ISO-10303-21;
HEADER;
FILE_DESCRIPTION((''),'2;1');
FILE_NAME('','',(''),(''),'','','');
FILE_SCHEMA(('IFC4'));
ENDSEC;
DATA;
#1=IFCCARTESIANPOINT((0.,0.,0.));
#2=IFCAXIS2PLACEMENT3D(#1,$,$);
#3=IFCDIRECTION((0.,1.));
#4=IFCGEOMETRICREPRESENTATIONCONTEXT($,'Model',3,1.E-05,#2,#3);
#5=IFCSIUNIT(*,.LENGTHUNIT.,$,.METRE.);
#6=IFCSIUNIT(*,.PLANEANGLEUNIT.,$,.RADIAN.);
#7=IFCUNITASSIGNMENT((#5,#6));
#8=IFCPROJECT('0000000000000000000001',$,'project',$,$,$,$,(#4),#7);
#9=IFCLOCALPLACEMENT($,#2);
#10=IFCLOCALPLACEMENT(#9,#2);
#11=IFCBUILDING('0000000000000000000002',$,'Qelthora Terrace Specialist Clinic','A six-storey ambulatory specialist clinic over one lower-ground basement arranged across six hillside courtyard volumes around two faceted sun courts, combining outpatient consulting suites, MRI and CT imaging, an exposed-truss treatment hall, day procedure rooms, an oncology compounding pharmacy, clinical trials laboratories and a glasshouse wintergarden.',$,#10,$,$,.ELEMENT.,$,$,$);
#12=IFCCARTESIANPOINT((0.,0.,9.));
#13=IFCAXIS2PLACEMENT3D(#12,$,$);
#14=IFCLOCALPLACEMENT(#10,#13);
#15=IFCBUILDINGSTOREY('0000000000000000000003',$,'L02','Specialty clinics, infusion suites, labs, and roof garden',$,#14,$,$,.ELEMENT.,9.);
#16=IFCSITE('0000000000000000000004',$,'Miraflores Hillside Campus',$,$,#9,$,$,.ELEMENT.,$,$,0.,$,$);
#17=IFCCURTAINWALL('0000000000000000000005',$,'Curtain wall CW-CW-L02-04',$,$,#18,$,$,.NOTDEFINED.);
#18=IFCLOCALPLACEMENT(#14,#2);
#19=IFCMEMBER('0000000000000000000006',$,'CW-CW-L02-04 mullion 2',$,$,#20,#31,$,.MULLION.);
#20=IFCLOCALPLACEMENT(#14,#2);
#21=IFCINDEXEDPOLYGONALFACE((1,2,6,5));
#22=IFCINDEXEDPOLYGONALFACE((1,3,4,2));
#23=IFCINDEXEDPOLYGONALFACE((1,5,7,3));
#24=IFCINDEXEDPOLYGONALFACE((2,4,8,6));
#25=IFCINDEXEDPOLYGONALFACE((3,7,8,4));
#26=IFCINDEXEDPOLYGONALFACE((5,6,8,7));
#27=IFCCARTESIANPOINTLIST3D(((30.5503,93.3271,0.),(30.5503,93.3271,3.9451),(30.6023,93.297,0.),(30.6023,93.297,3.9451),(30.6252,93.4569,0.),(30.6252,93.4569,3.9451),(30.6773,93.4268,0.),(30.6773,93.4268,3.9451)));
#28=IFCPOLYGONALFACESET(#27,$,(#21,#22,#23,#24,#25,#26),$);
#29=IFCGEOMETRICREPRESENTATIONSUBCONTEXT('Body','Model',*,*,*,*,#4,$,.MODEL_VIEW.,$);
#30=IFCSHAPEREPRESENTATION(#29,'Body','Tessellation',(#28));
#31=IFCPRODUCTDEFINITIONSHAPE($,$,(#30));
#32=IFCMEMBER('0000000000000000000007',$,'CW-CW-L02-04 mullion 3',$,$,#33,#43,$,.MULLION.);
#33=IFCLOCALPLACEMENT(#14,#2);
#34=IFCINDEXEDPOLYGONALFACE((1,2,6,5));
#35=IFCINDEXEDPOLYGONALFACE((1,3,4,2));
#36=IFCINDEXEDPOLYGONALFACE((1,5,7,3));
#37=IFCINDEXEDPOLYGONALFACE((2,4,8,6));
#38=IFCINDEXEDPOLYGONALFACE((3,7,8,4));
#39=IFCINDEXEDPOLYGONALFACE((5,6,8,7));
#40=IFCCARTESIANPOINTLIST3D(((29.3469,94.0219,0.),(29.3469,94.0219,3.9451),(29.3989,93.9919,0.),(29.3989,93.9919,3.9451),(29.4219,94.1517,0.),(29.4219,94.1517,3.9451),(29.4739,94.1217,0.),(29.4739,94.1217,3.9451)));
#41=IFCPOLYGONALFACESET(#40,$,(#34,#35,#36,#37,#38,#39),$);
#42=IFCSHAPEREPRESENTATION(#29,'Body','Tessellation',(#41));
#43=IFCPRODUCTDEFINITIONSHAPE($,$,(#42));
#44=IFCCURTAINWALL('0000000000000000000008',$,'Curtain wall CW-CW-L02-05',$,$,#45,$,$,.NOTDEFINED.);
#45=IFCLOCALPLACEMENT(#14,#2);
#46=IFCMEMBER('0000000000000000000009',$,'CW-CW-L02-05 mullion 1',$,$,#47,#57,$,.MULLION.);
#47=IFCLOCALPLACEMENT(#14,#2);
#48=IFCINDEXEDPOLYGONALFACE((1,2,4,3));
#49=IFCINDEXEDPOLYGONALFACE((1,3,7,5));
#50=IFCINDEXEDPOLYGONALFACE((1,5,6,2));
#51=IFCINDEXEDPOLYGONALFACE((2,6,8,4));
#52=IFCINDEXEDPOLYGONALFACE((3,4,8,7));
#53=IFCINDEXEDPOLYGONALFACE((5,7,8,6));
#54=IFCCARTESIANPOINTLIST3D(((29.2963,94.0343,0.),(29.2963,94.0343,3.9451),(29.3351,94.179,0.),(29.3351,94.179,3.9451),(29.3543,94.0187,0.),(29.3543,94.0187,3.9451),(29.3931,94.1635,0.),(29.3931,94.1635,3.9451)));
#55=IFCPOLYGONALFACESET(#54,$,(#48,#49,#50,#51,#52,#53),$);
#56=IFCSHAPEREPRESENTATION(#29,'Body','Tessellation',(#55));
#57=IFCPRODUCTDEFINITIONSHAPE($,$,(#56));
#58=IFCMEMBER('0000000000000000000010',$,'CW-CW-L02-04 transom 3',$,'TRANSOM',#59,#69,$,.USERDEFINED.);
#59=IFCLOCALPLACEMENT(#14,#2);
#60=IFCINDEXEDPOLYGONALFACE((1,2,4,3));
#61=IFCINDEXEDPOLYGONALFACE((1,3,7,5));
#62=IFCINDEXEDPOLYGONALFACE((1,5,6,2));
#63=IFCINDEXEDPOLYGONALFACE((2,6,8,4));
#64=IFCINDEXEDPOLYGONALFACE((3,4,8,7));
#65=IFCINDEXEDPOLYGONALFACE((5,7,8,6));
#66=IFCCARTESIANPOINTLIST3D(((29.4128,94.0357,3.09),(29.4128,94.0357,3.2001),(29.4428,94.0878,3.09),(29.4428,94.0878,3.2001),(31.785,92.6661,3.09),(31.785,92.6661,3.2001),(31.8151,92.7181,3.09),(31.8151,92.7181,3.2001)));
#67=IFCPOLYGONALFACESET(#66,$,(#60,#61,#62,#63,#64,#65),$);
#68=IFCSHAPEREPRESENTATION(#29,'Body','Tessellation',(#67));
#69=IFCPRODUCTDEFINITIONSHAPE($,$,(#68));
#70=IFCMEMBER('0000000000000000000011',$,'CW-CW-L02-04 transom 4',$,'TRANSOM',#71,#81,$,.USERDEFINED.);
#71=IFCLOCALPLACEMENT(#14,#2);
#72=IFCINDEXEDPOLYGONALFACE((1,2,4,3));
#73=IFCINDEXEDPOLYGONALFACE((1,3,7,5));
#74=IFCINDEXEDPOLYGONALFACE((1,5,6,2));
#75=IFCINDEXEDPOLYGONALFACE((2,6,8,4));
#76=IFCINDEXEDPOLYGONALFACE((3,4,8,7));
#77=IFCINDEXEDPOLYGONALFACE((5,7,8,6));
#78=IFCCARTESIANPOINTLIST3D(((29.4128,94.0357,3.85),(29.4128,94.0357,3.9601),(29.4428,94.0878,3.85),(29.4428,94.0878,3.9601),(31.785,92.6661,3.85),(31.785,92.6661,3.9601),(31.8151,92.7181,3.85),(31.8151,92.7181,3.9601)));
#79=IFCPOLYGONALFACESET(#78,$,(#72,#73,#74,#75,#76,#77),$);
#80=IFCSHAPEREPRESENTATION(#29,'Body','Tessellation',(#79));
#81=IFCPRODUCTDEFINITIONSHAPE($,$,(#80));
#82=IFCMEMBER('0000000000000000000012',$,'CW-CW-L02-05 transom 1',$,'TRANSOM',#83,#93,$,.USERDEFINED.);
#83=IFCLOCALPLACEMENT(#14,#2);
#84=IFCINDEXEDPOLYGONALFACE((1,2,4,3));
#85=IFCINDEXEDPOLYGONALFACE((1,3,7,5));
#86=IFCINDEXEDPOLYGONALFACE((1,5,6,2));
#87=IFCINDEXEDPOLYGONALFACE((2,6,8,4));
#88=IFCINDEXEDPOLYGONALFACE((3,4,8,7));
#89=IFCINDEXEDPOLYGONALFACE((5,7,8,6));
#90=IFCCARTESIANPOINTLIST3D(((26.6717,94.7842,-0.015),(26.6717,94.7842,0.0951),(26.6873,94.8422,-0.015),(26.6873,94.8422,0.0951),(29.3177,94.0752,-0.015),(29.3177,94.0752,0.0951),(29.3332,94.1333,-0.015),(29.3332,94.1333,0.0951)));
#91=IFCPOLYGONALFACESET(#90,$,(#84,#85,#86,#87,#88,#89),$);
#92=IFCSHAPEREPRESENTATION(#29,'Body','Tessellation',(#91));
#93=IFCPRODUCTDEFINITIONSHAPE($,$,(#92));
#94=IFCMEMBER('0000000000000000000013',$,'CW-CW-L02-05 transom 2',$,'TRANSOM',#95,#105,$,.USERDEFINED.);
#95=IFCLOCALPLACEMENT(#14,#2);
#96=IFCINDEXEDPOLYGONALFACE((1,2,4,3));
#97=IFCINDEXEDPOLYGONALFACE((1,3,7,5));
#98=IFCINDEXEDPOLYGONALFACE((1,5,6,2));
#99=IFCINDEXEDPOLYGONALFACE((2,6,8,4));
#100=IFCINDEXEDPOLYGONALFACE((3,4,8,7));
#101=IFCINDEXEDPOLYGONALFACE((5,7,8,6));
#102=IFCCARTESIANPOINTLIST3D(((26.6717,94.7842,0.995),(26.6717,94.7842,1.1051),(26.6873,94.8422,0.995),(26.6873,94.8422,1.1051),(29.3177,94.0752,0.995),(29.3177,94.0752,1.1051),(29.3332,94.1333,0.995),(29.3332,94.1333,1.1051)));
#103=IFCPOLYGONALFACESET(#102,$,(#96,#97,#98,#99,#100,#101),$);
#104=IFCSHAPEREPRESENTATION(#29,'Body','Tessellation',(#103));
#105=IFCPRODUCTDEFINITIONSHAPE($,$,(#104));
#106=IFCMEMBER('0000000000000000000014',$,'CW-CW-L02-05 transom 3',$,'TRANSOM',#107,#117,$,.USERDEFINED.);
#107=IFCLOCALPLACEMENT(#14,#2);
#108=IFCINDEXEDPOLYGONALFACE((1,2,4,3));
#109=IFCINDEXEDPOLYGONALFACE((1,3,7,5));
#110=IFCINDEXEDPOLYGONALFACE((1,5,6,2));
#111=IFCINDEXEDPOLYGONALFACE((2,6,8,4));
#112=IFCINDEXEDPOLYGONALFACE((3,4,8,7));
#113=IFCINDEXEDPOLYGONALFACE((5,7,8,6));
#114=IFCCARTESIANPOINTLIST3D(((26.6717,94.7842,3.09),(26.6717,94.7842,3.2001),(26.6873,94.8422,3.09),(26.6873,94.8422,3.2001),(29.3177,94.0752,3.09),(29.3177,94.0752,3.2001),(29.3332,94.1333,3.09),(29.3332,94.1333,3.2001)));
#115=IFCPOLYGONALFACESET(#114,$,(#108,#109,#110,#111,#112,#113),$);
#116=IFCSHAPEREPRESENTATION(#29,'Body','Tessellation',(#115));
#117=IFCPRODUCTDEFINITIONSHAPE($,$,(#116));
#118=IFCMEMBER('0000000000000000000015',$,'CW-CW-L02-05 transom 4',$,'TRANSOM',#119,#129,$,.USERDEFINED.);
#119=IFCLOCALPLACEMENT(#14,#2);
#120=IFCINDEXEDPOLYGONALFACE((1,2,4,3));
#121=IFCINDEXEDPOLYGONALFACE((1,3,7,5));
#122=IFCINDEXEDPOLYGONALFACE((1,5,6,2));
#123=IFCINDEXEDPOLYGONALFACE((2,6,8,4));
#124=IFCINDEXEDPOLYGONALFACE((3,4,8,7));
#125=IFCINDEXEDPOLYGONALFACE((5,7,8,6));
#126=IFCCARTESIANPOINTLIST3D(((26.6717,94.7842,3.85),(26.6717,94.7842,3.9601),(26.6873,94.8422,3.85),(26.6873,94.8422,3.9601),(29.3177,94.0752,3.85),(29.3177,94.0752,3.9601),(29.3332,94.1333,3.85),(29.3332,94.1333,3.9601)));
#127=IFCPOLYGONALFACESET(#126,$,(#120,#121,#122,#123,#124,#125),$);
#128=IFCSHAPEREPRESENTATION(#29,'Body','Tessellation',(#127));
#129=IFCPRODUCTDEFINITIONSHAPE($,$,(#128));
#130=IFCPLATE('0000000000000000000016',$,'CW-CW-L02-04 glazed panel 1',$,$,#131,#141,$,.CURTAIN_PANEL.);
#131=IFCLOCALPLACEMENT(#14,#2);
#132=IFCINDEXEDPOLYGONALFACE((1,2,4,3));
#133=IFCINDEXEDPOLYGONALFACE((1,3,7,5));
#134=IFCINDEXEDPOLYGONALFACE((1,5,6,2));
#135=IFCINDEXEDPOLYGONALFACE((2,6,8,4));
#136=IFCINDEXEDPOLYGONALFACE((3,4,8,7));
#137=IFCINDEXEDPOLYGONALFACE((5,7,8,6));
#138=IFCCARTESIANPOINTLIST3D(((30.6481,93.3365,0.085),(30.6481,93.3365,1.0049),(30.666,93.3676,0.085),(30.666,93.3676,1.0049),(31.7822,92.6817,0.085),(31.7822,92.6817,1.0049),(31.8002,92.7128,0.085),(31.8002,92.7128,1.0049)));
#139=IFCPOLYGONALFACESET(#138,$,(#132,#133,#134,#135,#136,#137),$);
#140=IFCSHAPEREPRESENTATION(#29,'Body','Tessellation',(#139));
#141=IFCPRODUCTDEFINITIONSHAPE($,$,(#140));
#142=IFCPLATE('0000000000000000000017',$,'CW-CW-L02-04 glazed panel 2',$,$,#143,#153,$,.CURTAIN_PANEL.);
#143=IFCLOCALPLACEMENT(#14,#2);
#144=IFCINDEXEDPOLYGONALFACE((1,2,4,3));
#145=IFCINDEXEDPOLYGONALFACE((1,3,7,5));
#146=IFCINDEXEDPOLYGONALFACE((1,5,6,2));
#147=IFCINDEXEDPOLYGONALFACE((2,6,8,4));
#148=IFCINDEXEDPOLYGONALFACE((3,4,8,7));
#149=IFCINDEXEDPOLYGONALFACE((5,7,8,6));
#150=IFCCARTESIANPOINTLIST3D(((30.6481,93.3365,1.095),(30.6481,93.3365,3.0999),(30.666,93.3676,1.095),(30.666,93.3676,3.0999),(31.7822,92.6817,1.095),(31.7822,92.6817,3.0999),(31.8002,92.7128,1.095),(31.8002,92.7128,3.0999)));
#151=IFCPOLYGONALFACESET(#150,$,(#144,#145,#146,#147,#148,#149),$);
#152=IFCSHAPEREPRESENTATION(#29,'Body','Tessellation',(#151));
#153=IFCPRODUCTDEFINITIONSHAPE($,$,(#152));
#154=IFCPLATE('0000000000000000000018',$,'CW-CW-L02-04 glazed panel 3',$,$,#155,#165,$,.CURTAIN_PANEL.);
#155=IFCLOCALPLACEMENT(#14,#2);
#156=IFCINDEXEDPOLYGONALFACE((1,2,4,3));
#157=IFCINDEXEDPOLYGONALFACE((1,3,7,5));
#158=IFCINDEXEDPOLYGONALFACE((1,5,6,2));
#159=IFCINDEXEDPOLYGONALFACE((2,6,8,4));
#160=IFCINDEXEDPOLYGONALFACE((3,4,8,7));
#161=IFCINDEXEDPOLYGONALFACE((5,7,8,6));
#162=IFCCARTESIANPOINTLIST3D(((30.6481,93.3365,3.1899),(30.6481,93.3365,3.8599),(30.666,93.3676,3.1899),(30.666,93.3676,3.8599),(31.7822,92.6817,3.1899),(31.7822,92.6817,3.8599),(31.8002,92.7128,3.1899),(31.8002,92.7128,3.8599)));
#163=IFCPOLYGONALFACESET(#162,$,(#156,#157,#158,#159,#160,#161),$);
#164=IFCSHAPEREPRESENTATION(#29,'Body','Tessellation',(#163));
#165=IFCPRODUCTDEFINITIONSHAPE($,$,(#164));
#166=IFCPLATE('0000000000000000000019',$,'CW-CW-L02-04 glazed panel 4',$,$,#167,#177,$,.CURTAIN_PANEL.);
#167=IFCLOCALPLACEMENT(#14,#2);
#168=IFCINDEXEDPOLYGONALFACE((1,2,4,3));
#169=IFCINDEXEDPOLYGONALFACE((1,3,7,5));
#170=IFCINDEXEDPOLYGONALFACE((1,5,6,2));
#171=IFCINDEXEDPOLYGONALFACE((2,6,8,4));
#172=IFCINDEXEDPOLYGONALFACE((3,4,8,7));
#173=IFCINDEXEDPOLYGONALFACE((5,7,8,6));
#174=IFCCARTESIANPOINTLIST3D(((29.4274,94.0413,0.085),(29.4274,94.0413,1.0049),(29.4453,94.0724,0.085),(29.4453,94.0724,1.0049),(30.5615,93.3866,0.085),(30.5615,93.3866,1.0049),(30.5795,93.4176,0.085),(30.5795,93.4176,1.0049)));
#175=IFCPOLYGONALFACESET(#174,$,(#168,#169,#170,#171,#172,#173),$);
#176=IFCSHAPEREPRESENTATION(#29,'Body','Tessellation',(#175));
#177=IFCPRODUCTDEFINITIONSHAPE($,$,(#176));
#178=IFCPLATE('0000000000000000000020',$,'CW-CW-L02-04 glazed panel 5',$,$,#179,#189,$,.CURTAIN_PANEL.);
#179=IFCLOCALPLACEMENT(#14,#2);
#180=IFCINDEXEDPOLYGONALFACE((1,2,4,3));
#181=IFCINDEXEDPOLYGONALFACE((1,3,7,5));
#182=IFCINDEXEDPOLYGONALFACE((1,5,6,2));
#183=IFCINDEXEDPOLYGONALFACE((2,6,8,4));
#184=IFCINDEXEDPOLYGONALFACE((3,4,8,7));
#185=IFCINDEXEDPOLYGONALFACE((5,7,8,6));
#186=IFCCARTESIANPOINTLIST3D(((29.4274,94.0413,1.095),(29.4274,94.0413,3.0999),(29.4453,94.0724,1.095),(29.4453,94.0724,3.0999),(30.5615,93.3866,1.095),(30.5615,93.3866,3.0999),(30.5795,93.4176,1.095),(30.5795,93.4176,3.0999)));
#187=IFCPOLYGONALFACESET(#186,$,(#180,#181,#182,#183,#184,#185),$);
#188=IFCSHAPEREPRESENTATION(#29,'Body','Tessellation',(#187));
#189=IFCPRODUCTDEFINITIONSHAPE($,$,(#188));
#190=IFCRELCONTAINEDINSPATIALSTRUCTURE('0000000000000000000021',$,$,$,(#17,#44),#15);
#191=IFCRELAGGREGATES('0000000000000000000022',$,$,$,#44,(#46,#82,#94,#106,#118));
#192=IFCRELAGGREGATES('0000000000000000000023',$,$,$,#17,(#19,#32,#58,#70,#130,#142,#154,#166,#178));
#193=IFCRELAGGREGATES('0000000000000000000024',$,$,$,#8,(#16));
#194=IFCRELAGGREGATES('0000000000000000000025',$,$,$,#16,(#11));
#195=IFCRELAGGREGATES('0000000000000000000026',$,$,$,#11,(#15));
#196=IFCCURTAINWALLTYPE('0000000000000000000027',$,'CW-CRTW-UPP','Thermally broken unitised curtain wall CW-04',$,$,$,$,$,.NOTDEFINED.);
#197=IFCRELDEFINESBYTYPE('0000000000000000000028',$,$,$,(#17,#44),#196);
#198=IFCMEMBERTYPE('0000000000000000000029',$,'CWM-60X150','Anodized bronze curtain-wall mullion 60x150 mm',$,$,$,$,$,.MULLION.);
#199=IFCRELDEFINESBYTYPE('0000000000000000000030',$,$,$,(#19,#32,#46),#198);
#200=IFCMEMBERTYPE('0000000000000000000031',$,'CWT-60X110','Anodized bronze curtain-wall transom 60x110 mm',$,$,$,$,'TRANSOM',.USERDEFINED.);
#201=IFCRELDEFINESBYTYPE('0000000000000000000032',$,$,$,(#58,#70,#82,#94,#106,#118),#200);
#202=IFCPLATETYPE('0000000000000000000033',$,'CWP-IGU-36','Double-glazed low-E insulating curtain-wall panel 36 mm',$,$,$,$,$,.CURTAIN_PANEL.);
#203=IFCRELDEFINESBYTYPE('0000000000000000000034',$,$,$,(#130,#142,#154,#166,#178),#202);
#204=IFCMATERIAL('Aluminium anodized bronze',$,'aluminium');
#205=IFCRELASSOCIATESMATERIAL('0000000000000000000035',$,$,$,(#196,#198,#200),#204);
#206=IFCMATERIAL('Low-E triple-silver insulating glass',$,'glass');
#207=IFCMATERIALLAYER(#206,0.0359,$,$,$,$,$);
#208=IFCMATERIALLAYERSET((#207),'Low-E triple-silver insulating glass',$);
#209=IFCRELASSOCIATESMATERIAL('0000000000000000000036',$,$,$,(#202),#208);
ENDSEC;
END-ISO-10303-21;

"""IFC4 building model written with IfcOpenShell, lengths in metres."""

from ifc_helpers import new_model, si_unit, direction, frame, origin, origin_2d, place, context, subcontext, project, spatial, rectangle, extrude, material, layer, layer_set, material_profile, profile_set, type_object, element, aggregate, save


model = new_model("IFC4")

# Units and contexts
model_context = context("Model", 3, precision=1e-05, world=origin(), true_north=direction((0.0, 1.0)))
body_context = subcontext(model_context, "Body", "Model", "MODEL_VIEW")
ifc_project = project(units=[si_unit("LENGTHUNIT", "METRE"), si_unit("PLANEANGLEUNIT", "RADIAN")], contexts=[model_context])

# Site, building, storey
site_placement = place(None, origin())
site = spatial("IfcSite", under=ifc_project, at=site_placement, Name="Miraflores Hillside Campus", CompositionType="ELEMENT", RefElevation=0.0)
building_placement = place(site_placement, origin())
building = spatial("IfcBuilding", under=site, at=building_placement, Name="Qelthora Terrace Specialist Clinic", Description="A six-storey ambulatory specialist clinic over one lower-ground basement arranged across six hillside courtyard volumes around two faceted sun courts, combining outpatient consulting suites, MRI and CT imaging, an exposed-truss treatment hall, day procedure rooms, an oncology compounding pharmacy, clinical trials laboratories and a glasshouse wintergarden.", CompositionType="ELEMENT")
storey_placement = place(building_placement, frame((0.0, 0.0, 9.0)))
storey = spatial("IfcBuildingStorey", under=building, at=storey_placement, Name="L02", Description="Specialty clinics, infusion suites, labs, and roof garden", CompositionType="ELEMENT", Elevation=9.0)

# Curtain wall, members
ifc_material_1 = material(Name="Aluminium anodized bronze", Category="aluminium")
curtain_wall_type = type_object("IfcCurtainWallType", Name="CW-CRTW-UPP", Description="Thermally broken unitised curtain wall CW-04", PredefinedType="NOTDEFINED", material=ifc_material_1)
curtain_wall_1_placement = place(storey_placement, origin())
curtain_wall_1 = element("IfcCurtainWall", 1, at=curtain_wall_1_placement, inside=storey, type_object=curtain_wall_type, Name="Curtain wall CW-CW-L02-04", PredefinedType="NOTDEFINED")
ifc_material_profile_1 = material_profile(ifc_material_1, rectangle(XDim=0.0601, YDim=0.1499, at=origin_2d()), Name="CWM60X150")
ifc_profile_set_1 = profile_set([ifc_material_profile_1], Name="Aluminium anodized bronze")
member_type_1 = type_object("IfcMemberType", Name="CWM-60X150", Description="Anodized bronze curtain-wall mullion 60x150 mm", PredefinedType="MULLION", material=ifc_profile_set_1)
member_1_placement = place(storey_placement, frame((30.6138, 93.377, 0.0), z_axis=(0.0, 0.0, 1.0), x_axis=(-0.866026, 0.5, 0.0)))
member_1 = element("IfcMember", 2, at=member_1_placement, type_object=member_type_1, Name="CW-CW-L02-04 mullion 2", PredefinedType="MULLION", context=body_context, shape_type="SweptSolid", body=[
    extrude(rectangle(XDim=0.0601, YDim=0.1499, at=origin_2d()), origin(), (0.0, 0.0, 1.0), 3.9451),
])
member_2_placement = place(storey_placement, frame((29.4104, 94.0718, 0.0), z_axis=(0.0, 0.0, 1.0), x_axis=(-0.866026, 0.5, 0.0)))
member_2 = element("IfcMember", 3, at=member_2_placement, type_object=member_type_1, Name="CW-CW-L02-04 mullion 3", PredefinedType="MULLION", context=body_context, shape_type="SweptSolid", body=[
    extrude(rectangle(XDim=0.0601, YDim=0.1499, at=origin_2d()), origin(), (0.0, 0.0, 1.0), 3.9451),
])

# Curtain wall, member
curtain_wall_2_placement = place(storey_placement, origin())
curtain_wall_2 = element("IfcCurtainWall", 4, at=curtain_wall_2_placement, inside=storey, type_object=curtain_wall_type, Name="Curtain wall CW-CW-L02-05", PredefinedType="NOTDEFINED")
member_3_placement = place(storey_placement, frame((29.3447, 94.0989, 0.0), z_axis=(0.0, 0.0, 1.0), x_axis=(-0.965925, 0.25882, 0.0)))
member_3 = element("IfcMember", 5, at=member_3_placement, type_object=member_type_1, Name="CW-CW-L02-05 mullion 1", PredefinedType="MULLION", context=body_context, shape_type="SweptSolid", body=[
    extrude(rectangle(XDim=0.0601, YDim=0.1499, at=origin_2d()), origin(), (0.0, 0.0, 1.0), 3.9451),
])

# Members
ifc_material_profile_2 = material_profile(ifc_material_1, rectangle(XDim=0.0601, YDim=0.1101, at=origin_2d()), Name="CWT60X110")
ifc_profile_set_2 = profile_set([ifc_material_profile_2], Name="Aluminium anodized bronze")
member_type_2 = type_object("IfcMemberType", Name="CWT-60X110", Description="Anodized bronze curtain-wall transom 60x110 mm", ElementType="TRANSOM", PredefinedType="USERDEFINED", material=ifc_profile_set_2)
member_4_placement = place(storey_placement, frame((31.8, 92.6921, 3.145), z_axis=(-0.86603, 0.499992, 0.0), x_axis=(-0.499992, -0.86603, 0.0)))
member_4 = element("IfcMember", 6, at=member_4_placement, type_object=member_type_2, Name="CW-CW-L02-04 transom 3", ObjectType="TRANSOM", PredefinedType="USERDEFINED", context=body_context, shape_type="SweptSolid", body=[
    extrude(rectangle(XDim=0.0601, YDim=0.1101, at=origin_2d()), origin(), (0.0, 0.0, 1.0), 2.7393),
])
member_5_placement = place(storey_placement, frame((31.8, 92.6921, 3.905), z_axis=(-0.86603, 0.499992, 0.0), x_axis=(-0.499992, -0.86603, 0.0)))
member_5 = element("IfcMember", 7, at=member_5_placement, type_object=member_type_2, Name="CW-CW-L02-04 transom 4", ObjectType="TRANSOM", PredefinedType="USERDEFINED", context=body_context, shape_type="SweptSolid", body=[
    extrude(rectangle(XDim=0.0601, YDim=0.1101, at=origin_2d()), origin(), (0.0, 0.0, 1.0), 2.7393),
])
member_6_placement = place(storey_placement, frame((29.3254, 94.1042, 0.04), z_axis=(-0.965927, 0.258816, 0.0), x_axis=(-0.258816, -0.965927, 0.0)))
member_6 = element("IfcMember", 8, at=member_6_placement, type_object=member_type_2, Name="CW-CW-L02-05 transom 1", ObjectType="TRANSOM", PredefinedType="USERDEFINED", context=body_context, shape_type="SweptSolid", body=[
    extrude(rectangle(XDim=0.0601, YDim=0.1101, at=origin_2d()), origin(), (0.0, 0.0, 1.0), 2.7393),
])
member_7_placement = place(storey_placement, frame((29.3254, 94.1042, 1.05), z_axis=(-0.965927, 0.258816, 0.0), x_axis=(-0.258816, -0.965927, 0.0)))
member_7 = element("IfcMember", 9, at=member_7_placement, type_object=member_type_2, Name="CW-CW-L02-05 transom 2", ObjectType="TRANSOM", PredefinedType="USERDEFINED", context=body_context, shape_type="SweptSolid", body=[
    extrude(rectangle(XDim=0.0601, YDim=0.1101, at=origin_2d()), origin(), (0.0, 0.0, 1.0), 2.7393),
])
member_8_placement = place(storey_placement, frame((29.3254, 94.1042, 3.145), z_axis=(-0.965927, 0.258816, 0.0), x_axis=(-0.258816, -0.965927, 0.0)))
member_8 = element("IfcMember", 10, at=member_8_placement, type_object=member_type_2, Name="CW-CW-L02-05 transom 3", ObjectType="TRANSOM", PredefinedType="USERDEFINED", context=body_context, shape_type="SweptSolid", body=[
    extrude(rectangle(XDim=0.0601, YDim=0.1101, at=origin_2d()), origin(), (0.0, 0.0, 1.0), 2.7393),
])
member_9_placement = place(storey_placement, frame((29.3254, 94.1042, 3.905), z_axis=(-0.965927, 0.258816, 0.0), x_axis=(-0.258816, -0.965927, 0.0)))
member_9 = element("IfcMember", 11, at=member_9_placement, type_object=member_type_2, Name="CW-CW-L02-05 transom 4", ObjectType="TRANSOM", PredefinedType="USERDEFINED", context=body_context, shape_type="SweptSolid", body=[
    extrude(rectangle(XDim=0.0601, YDim=0.1101, at=origin_2d()), origin(), (0.0, 0.0, 1.0), 2.7393),
])
aggregate(curtain_wall_2, [member_3, member_6, member_7, member_8, member_9])

# Plates
ifc_material_2 = material(Name="Low-E triple-silver insulating glass", Category="glass")
ifc_layer_1 = layer(ifc_material_2, 0.0359)
ifc_layer_set_1 = layer_set([ifc_layer_1], Name="Low-E triple-silver insulating glass")
plate_type = type_object("IfcPlateType", Name="CWP-IGU-36", Description="Double-glazed low-E insulating curtain-wall panel 36 mm", PredefinedType="CURTAIN_PANEL", material=ifc_layer_set_1)
plate_1_placement = place(storey_placement, frame((31.2241, 93.0247, 0.085), z_axis=(0.0, 0.0, 1.0), x_axis=(-0.866025, 0.5, 0.0)))
plate_1 = element("IfcPlate", 12, at=plate_1_placement, type_object=plate_type, Name="CW-CW-L02-04 glazed panel 1", PredefinedType="CURTAIN_PANEL", context=body_context, shape_type="SweptSolid", body=[
    extrude(rectangle(XDim=1.3096, YDim=0.0359, at=origin_2d()), origin(), (0.0, 0.0, 1.0), 0.9199),
])
plate_2_placement = place(storey_placement, frame((31.2241, 93.0247, 1.095), z_axis=(0.0, 0.0, 1.0), x_axis=(-0.866025, 0.5, 0.0)))
plate_2 = element("IfcPlate", 13, at=plate_2_placement, type_object=plate_type, Name="CW-CW-L02-04 glazed panel 2", PredefinedType="CURTAIN_PANEL", context=body_context, shape_type="SweptSolid", body=[
    extrude(rectangle(XDim=1.3096, YDim=0.0359, at=origin_2d()), origin(), (0.0, 0.0, 1.0), 2.0049),
])
plate_3_placement = place(storey_placement, frame((31.2241, 93.0247, 3.1899), z_axis=(0.0, 0.0, 1.0), x_axis=(-0.866025, 0.5, 0.0)))
plate_3 = element("IfcPlate", 14, at=plate_3_placement, type_object=plate_type, Name="CW-CW-L02-04 glazed panel 3", PredefinedType="CURTAIN_PANEL", context=body_context, shape_type="SweptSolid", body=[
    extrude(rectangle(XDim=1.3096, YDim=0.0359, at=origin_2d()), origin(), (0.0, 0.0, 1.0), 0.6699),
])
plate_4_placement = place(storey_placement, frame((30.0034, 93.7295, 0.085), z_axis=(0.0, 0.0, 1.0), x_axis=(-0.866025, 0.5, 0.0)))
plate_4 = element("IfcPlate", 15, at=plate_4_placement, type_object=plate_type, Name="CW-CW-L02-04 glazed panel 4", PredefinedType="CURTAIN_PANEL", context=body_context, shape_type="SweptSolid", body=[
    extrude(rectangle(XDim=1.3096, YDim=0.0359, at=origin_2d()), origin(), (0.0, 0.0, 1.0), 0.9199),
])
plate_5_placement = place(storey_placement, frame((30.0034, 93.7295, 1.095), z_axis=(0.0, 0.0, 1.0), x_axis=(-0.866025, 0.5, 0.0)))
plate_5 = element("IfcPlate", 16, at=plate_5_placement, type_object=plate_type, Name="CW-CW-L02-04 glazed panel 5", PredefinedType="CURTAIN_PANEL", context=body_context, shape_type="SweptSolid", body=[
    extrude(rectangle(XDim=1.3096, YDim=0.0359, at=origin_2d()), origin(), (0.0, 0.0, 1.0), 2.0049),
])
aggregate(curtain_wall_1, [member_1, member_2, member_4, member_5, plate_1, plate_2, plate_3, plate_4, plate_5])

save(model, "model.ifc")
